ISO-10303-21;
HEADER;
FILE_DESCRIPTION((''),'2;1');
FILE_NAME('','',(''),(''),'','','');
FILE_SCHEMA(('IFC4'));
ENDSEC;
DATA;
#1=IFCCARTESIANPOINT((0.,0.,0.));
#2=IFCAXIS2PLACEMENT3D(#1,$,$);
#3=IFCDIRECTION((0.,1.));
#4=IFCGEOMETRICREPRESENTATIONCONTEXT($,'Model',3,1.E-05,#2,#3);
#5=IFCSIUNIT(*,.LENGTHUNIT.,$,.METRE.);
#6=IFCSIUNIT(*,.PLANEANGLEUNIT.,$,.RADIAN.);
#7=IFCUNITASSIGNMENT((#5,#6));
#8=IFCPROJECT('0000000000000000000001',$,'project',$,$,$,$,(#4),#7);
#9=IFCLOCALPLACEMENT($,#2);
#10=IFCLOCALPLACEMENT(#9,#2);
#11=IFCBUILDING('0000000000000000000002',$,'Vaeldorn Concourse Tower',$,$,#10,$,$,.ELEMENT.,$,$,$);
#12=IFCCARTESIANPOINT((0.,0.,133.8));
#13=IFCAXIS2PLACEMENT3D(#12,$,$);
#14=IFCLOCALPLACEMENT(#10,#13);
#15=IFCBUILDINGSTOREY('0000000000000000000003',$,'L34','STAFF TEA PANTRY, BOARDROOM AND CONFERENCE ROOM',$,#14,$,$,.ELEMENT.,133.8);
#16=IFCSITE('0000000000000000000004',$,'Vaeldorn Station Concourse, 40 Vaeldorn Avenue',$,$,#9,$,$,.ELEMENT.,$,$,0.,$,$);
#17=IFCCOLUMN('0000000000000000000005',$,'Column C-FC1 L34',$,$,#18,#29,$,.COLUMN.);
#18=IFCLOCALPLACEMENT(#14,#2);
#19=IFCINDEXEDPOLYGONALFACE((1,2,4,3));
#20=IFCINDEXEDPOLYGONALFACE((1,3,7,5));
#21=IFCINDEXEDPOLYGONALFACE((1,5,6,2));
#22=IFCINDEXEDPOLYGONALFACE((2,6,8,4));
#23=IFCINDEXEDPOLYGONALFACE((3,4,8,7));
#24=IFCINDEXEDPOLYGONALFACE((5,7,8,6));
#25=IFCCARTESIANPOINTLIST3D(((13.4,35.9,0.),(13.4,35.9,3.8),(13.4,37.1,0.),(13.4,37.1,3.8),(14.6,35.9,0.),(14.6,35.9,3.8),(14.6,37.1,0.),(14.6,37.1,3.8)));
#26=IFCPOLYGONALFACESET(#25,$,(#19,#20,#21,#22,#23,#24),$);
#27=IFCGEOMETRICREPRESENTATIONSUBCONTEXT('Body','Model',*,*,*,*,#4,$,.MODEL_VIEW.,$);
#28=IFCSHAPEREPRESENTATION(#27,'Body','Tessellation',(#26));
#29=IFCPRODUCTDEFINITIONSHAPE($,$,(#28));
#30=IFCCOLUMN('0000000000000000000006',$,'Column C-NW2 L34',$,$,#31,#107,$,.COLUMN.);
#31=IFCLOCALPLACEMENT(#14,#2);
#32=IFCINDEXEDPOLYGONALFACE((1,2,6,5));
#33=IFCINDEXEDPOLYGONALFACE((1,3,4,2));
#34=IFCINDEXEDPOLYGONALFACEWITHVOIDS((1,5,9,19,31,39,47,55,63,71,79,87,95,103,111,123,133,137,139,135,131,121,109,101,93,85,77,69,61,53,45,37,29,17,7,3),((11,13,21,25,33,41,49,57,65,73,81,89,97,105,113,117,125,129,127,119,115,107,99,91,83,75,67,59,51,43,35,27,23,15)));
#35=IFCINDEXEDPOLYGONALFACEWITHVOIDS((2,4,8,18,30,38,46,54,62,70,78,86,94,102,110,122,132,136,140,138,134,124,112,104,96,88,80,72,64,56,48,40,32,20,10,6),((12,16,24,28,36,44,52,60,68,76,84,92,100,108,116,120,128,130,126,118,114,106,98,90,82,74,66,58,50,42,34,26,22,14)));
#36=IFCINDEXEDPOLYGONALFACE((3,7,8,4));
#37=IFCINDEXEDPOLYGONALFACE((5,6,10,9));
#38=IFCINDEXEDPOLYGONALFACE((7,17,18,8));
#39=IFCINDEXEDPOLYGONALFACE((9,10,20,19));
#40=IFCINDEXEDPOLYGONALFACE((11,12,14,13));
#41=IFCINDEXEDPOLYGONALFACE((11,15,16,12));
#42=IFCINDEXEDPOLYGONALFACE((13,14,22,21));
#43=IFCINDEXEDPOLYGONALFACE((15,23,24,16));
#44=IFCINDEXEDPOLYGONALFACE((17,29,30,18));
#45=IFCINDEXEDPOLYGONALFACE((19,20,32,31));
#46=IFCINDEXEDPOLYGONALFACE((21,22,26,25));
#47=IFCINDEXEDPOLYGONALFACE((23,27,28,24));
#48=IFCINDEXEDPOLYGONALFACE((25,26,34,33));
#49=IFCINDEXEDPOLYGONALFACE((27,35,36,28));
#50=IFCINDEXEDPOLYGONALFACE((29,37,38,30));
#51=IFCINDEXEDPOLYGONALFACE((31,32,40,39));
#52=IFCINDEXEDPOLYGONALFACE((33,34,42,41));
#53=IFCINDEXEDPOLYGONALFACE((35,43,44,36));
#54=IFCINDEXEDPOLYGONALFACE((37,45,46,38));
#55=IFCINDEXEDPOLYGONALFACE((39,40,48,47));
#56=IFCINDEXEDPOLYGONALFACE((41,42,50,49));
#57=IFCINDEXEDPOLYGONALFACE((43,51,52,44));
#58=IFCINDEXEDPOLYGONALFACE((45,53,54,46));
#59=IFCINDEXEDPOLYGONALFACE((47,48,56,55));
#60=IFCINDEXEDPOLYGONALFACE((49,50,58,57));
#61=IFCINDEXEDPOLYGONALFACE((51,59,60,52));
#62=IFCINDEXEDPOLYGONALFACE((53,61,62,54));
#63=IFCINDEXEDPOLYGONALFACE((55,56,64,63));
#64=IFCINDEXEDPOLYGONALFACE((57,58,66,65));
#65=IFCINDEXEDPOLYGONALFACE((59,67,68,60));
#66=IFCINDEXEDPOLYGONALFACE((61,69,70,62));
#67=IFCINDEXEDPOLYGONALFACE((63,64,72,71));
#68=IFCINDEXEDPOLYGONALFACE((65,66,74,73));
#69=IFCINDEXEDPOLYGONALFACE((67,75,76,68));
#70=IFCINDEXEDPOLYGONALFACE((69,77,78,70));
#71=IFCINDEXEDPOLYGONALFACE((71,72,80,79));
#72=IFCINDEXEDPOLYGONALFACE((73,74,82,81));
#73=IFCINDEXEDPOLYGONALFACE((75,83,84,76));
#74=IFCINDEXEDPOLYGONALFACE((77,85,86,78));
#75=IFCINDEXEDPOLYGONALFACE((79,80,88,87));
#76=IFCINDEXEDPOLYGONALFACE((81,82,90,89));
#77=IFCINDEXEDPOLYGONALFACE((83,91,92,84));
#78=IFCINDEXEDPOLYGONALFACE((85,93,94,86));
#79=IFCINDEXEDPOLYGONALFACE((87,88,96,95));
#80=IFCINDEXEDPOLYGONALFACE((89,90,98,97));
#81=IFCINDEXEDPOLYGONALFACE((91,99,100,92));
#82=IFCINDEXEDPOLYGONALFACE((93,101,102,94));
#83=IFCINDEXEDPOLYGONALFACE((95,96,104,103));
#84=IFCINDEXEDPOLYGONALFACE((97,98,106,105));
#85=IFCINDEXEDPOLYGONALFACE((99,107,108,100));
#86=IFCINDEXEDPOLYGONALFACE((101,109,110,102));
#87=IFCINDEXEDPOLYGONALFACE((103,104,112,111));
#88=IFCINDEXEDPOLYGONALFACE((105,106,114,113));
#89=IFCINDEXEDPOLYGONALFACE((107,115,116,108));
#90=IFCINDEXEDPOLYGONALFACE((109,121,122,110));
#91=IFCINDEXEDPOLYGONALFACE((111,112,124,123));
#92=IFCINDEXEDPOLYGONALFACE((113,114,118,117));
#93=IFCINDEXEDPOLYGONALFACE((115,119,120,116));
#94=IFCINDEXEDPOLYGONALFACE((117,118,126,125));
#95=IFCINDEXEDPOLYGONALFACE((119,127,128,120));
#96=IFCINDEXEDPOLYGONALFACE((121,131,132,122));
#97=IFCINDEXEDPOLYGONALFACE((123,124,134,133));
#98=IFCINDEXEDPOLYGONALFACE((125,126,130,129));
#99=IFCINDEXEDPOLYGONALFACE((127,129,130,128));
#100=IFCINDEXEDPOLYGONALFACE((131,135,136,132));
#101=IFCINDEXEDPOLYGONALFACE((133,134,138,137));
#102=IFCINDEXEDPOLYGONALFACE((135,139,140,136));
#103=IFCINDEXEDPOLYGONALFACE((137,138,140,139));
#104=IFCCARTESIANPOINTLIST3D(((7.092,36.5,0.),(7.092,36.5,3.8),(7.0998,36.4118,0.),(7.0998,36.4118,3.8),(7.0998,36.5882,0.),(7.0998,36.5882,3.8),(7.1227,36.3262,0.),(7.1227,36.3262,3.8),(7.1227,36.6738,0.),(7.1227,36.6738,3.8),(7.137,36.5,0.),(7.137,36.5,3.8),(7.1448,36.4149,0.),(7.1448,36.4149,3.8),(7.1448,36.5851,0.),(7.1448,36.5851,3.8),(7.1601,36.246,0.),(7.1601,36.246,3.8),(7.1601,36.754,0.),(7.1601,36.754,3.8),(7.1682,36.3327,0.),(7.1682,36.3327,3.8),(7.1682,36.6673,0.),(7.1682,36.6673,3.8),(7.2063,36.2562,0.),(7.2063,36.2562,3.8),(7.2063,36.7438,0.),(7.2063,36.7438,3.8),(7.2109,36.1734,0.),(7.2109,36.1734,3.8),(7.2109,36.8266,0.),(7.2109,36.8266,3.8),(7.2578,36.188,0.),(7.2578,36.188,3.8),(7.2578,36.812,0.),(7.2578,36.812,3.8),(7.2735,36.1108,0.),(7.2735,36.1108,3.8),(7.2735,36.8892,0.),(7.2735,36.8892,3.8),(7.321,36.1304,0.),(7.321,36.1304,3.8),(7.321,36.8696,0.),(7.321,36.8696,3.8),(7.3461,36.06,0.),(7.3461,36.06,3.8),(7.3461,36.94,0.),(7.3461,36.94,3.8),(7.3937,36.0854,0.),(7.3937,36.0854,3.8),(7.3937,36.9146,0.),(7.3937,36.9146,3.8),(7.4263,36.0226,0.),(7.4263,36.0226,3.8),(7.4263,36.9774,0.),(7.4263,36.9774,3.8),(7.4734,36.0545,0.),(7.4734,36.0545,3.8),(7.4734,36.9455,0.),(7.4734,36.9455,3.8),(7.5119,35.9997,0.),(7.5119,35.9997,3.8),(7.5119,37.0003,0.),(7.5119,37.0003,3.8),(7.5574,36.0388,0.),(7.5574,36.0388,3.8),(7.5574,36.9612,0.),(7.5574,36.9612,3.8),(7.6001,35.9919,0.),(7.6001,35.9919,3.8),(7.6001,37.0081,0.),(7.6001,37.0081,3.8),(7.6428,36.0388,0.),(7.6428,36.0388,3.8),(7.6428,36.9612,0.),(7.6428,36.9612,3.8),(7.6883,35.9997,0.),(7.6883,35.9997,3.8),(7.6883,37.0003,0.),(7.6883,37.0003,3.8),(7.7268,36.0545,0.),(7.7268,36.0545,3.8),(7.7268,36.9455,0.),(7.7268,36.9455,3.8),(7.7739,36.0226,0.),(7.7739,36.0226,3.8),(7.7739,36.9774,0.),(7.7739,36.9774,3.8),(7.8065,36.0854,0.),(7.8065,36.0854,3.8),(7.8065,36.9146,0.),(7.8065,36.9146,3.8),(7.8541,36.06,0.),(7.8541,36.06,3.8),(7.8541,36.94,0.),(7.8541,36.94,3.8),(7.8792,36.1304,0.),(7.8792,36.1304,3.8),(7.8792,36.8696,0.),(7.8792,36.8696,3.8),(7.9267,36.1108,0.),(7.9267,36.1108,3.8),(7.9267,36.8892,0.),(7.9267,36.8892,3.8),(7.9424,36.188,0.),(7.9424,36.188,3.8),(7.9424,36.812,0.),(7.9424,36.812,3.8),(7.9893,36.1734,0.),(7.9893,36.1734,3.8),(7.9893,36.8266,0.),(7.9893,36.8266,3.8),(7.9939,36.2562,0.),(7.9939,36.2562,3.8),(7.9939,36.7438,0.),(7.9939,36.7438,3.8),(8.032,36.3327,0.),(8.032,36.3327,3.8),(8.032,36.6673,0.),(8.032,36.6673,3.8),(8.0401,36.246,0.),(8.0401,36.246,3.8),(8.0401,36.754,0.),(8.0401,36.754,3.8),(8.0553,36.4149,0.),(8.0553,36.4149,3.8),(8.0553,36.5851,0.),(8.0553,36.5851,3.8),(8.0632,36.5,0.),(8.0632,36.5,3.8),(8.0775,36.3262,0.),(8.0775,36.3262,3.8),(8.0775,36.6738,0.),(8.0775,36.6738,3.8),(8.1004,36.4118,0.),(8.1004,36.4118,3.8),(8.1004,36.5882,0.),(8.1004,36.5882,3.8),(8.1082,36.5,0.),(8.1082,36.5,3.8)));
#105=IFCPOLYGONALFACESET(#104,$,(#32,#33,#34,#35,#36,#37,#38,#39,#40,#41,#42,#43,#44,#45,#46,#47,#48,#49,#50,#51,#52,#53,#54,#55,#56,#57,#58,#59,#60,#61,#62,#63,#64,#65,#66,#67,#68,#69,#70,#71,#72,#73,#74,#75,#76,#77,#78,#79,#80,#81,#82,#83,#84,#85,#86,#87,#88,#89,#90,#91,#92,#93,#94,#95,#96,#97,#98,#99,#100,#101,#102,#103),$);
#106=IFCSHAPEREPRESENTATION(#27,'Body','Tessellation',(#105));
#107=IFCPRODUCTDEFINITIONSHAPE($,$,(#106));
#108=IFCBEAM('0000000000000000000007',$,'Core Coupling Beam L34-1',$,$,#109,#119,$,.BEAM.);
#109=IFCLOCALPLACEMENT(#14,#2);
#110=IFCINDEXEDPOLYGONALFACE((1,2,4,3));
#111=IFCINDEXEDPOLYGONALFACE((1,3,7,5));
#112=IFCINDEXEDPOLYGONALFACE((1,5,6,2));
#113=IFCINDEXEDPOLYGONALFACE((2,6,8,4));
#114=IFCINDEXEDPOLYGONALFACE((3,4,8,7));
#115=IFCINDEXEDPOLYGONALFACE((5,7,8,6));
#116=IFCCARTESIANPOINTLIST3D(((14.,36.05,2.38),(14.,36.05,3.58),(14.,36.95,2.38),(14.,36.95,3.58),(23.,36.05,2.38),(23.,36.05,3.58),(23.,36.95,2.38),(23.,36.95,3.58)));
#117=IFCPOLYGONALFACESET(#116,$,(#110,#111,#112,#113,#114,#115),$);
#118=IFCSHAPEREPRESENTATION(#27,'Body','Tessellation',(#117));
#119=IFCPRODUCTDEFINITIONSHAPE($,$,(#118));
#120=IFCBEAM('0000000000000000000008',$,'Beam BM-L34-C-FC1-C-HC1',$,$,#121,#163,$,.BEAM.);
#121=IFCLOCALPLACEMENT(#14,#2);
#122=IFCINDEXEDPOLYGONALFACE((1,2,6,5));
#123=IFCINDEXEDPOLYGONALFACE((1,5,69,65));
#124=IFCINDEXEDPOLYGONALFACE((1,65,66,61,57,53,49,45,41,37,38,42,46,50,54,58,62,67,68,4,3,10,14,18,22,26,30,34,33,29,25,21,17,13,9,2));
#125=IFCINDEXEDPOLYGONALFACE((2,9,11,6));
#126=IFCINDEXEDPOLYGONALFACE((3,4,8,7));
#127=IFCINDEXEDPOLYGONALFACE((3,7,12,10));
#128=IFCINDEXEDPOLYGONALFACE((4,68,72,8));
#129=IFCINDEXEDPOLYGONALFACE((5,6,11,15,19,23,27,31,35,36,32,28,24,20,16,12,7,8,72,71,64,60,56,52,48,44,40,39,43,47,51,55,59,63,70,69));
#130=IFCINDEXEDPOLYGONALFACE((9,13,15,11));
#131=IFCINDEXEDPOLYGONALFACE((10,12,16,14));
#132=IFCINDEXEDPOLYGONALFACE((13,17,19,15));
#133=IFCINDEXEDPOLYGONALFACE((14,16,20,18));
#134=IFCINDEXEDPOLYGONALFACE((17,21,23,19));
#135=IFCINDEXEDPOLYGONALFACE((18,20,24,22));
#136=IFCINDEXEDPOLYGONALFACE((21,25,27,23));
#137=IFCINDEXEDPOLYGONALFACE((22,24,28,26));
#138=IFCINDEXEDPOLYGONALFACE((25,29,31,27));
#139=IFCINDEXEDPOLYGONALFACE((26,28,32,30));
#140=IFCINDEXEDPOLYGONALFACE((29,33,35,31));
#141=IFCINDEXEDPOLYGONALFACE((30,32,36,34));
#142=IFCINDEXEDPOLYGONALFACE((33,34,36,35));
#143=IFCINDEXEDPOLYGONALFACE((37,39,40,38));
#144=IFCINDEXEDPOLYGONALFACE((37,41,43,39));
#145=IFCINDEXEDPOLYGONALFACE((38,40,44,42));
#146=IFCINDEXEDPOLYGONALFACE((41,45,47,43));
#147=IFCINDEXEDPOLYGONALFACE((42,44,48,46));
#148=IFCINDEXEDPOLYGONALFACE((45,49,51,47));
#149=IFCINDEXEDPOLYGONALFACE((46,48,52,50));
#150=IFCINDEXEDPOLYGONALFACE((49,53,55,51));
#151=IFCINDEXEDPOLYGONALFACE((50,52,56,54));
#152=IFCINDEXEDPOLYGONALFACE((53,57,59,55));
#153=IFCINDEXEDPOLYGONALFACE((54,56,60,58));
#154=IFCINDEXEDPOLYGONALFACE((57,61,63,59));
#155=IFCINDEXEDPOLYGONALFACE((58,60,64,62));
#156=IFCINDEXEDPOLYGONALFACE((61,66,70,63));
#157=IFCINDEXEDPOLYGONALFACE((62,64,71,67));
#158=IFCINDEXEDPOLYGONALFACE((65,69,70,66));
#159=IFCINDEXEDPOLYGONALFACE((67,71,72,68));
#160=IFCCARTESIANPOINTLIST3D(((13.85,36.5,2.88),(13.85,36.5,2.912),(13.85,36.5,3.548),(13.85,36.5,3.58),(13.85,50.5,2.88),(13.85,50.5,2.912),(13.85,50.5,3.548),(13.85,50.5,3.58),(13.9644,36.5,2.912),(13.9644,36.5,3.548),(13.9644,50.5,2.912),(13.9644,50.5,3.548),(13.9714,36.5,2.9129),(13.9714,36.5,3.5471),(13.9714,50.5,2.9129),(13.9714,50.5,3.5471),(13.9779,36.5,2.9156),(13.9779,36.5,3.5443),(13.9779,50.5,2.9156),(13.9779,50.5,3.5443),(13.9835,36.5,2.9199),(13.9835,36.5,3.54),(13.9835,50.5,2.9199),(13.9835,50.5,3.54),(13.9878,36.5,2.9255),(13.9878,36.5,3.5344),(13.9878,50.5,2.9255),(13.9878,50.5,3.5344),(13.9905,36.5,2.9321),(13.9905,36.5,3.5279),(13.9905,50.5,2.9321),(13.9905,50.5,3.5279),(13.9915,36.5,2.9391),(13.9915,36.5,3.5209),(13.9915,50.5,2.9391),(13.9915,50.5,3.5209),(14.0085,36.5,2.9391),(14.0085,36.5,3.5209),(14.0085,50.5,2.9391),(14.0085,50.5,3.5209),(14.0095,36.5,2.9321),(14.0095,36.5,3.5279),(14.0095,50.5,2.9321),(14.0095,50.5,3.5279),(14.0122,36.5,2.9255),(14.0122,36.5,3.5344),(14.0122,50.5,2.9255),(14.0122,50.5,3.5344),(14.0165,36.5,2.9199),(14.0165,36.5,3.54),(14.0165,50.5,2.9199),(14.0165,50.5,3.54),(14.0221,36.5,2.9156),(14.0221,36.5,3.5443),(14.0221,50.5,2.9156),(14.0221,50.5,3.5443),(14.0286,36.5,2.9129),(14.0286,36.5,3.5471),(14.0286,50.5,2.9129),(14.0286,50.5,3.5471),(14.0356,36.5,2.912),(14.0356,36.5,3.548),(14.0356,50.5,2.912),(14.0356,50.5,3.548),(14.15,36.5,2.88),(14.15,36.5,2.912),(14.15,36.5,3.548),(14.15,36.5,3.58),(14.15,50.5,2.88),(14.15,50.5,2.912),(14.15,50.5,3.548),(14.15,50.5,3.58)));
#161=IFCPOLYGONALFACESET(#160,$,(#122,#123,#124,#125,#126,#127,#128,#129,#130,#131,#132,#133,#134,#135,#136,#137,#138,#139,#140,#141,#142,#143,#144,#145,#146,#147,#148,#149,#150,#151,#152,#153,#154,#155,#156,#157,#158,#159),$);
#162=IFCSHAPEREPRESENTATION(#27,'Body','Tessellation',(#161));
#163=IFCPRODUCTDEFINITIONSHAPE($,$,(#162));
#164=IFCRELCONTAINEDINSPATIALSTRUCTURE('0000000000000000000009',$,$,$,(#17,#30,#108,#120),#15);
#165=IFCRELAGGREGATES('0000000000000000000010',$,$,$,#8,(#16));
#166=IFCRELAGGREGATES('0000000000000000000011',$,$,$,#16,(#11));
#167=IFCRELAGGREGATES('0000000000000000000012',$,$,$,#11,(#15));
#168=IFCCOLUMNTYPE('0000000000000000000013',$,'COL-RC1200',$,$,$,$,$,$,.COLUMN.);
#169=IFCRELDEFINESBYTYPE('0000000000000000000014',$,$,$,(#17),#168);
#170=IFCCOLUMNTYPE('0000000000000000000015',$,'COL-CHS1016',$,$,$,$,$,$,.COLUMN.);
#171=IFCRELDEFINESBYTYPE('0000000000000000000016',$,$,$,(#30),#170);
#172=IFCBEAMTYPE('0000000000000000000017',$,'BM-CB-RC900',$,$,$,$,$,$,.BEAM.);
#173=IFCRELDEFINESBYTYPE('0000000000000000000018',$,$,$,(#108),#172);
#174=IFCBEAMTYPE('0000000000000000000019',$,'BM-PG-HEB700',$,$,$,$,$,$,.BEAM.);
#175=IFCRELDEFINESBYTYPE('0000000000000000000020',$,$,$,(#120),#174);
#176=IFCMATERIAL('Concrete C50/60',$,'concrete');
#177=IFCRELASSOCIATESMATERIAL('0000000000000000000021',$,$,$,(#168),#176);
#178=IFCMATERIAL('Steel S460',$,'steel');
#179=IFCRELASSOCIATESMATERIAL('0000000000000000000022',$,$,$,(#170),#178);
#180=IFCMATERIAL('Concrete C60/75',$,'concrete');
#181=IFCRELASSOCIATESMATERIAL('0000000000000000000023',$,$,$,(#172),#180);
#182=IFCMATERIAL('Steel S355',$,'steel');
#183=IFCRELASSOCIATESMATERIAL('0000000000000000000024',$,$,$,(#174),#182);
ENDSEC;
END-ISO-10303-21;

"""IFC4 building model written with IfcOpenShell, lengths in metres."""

from ifc_helpers import new_model, si_unit, direction, frame, origin, origin_2d, place, context, subcontext, project, spatial, rectangle, hollow_circle, i_section, extrude, source, transform, mapped, material, material_profile, profile_set, type_object, element, save


model = new_model("IFC4")

# Units and contexts
model_context = context("Model", 3, precision=1e-05, world=origin(), true_north=direction((0.0, 1.0)))
body_context = subcontext(model_context, "Body", "Model", "MODEL_VIEW")
ifc_project = project(units=[si_unit("LENGTHUNIT", "METRE"), si_unit("PLANEANGLEUNIT", "RADIAN")], contexts=[model_context])

# Site, building, storey
site_placement = place(None, origin())
site = spatial("IfcSite", under=ifc_project, at=site_placement, Name="Vaeldorn Station Concourse, 40 Vaeldorn Avenue", CompositionType="ELEMENT", RefElevation=0.0)
building_placement = place(site_placement, origin())
building = spatial("IfcBuilding", under=site, at=building_placement, Name="Vaeldorn Concourse Tower", CompositionType="ELEMENT")
storey_placement = place(building_placement, frame((0.0, 0.0, 133.8)))
storey = spatial("IfcBuildingStorey", under=building, at=storey_placement, Name="L34", Description="STAFF TEA PANTRY, BOARDROOM AND CONFERENCE ROOM", CompositionType="ELEMENT", Elevation=133.8)

# Columns
ifc_material_1 = material(Name="Concrete C50/60", Category="concrete")
ifc_material_profile_1 = material_profile(ifc_material_1, rectangle(XDim=1.2, YDim=1.2, at=origin_2d()), Name="RC 1200x1200")
ifc_profile_set_1 = profile_set([ifc_material_profile_1], Name="Concrete C50/60")
column_type_1 = type_object("IfcColumnType", Name="COL-RC1200", PredefinedType="COLUMN", material=ifc_profile_set_1)
shared_shape_1 = source(origin(), body_context, "Body", "SweptSolid", [
    extrude(rectangle(XDim=1.2, YDim=1.2, at=origin_2d()), origin(), (0.0, 0.0, 1.0), 3.8),
])
column_1_placement = place(storey_placement, frame((14.0, 36.5, 0.0), z_axis=(0.0, 0.0, 1.0), x_axis=(1.0, 0.0, 0.0)))
element("IfcColumn", 1, at=column_1_placement, inside=storey, type_object=column_type_1, Name="Column C-FC1 L34", PredefinedType="COLUMN", context=body_context, shape_type="MappedRepresentation", body=[
    mapped(shared_shape_1, transform((0.0, 0.0, 0.0), scale=1.0)),
])
ifc_material_2 = material(Name="Steel S460", Category="steel")
ifc_material_profile_2 = material_profile(ifc_material_2, hollow_circle(Radius=0.5081, WallThickness=0.0449, at=origin_2d()), Name="CHS 1016x45")
ifc_profile_set_2 = profile_set([ifc_material_profile_2], Name="Steel S460")
column_type_2 = type_object("IfcColumnType", Name="COL-CHS1016", PredefinedType="COLUMN", material=ifc_profile_set_2)
shared_shape_2 = source(origin(), body_context, "Body", "SweptSolid", [
    extrude(hollow_circle(Radius=0.5081, WallThickness=0.0449, at=origin_2d()), origin(), (0.0, 0.0, 1.0), 3.8),
])
column_2_placement = place(storey_placement, frame((7.6001, 36.5, 0.0), z_axis=(0.0, 0.0, 1.0), x_axis=(1.0, 0.0, 0.0)))
element("IfcColumn", 2, at=column_2_placement, inside=storey, type_object=column_type_2, Name="Column C-NW2 L34", PredefinedType="COLUMN", context=body_context, shape_type="MappedRepresentation", body=[
    mapped(shared_shape_2, transform((0.0, 0.0, 0.0), scale=1.0)),
])

# Beams
ifc_material_3 = material(Name="Concrete C60/75", Category="concrete")
ifc_material_profile_3 = material_profile(ifc_material_3, rectangle(XDim=0.8999, YDim=1.2, at=origin_2d()), Name="RC 900x1200")
ifc_profile_set_3 = profile_set([ifc_material_profile_3], Name="Concrete C60/75")
beam_type_1 = type_object("IfcBeamType", Name="BM-CB-RC900", PredefinedType="BEAM", material=ifc_profile_set_3)
shared_shape_3 = source(origin(), body_context, "Body", "SweptSolid", [
    extrude(rectangle(XDim=0.8999, YDim=1.2, at=origin_2d()), origin(), (0.0, 0.0, 1.0), 9.0),
])
beam_1_placement = place(storey_placement, frame((14.0, 36.5, 2.98), z_axis=(1.0, 0.0, 0.0), x_axis=(0.0, 1.0, 0.0)))
element("IfcBeam", 3, at=beam_1_placement, inside=storey, type_object=beam_type_1, Name="Core Coupling Beam L34-1", PredefinedType="BEAM", context=body_context, shape_type="MappedRepresentation", body=[
    mapped(shared_shape_3, transform((0.0, 0.0, 0.0), scale=1.0)),
])
ifc_material_4 = material(Name="Steel S355", Category="steel")
ifc_material_profile_4 = material_profile(ifc_material_4, i_section(OverallWidth=0.3, OverallDepth=0.7, WebThickness=0.0171, FlangeThickness=0.032, FilletRadius=0.0271, at=origin_2d()), Name="HEB 700")
ifc_profile_set_4 = profile_set([ifc_material_profile_4], Name="Steel S355")
beam_type_2 = type_object("IfcBeamType", Name="BM-PG-HEB700", PredefinedType="BEAM", material=ifc_profile_set_4)
shared_shape_4 = source(origin(), body_context, "Body", "SweptSolid", [
    extrude(i_section(OverallWidth=0.3, OverallDepth=0.7, WebThickness=0.0171, FlangeThickness=0.032, FilletRadius=0.0271, at=origin_2d()), origin(), (0.0, 0.0, 1.0), 14.0),
])
beam_2_placement = place(storey_placement, frame((14.0, 36.5, 3.23), z_axis=(0.0, 1.0, 0.0), x_axis=(-1.0, 0.0, 0.0)))
element("IfcBeam", 4, at=beam_2_placement, inside=storey, type_object=beam_type_2, Name="Beam BM-L34-C-FC1-C-HC1", PredefinedType="BEAM", context=body_context, shape_type="MappedRepresentation", body=[
    mapped(shared_shape_4, transform((0.0, 0.0, 0.0), scale=1.0)),
])

save(model, "model.ifc")
